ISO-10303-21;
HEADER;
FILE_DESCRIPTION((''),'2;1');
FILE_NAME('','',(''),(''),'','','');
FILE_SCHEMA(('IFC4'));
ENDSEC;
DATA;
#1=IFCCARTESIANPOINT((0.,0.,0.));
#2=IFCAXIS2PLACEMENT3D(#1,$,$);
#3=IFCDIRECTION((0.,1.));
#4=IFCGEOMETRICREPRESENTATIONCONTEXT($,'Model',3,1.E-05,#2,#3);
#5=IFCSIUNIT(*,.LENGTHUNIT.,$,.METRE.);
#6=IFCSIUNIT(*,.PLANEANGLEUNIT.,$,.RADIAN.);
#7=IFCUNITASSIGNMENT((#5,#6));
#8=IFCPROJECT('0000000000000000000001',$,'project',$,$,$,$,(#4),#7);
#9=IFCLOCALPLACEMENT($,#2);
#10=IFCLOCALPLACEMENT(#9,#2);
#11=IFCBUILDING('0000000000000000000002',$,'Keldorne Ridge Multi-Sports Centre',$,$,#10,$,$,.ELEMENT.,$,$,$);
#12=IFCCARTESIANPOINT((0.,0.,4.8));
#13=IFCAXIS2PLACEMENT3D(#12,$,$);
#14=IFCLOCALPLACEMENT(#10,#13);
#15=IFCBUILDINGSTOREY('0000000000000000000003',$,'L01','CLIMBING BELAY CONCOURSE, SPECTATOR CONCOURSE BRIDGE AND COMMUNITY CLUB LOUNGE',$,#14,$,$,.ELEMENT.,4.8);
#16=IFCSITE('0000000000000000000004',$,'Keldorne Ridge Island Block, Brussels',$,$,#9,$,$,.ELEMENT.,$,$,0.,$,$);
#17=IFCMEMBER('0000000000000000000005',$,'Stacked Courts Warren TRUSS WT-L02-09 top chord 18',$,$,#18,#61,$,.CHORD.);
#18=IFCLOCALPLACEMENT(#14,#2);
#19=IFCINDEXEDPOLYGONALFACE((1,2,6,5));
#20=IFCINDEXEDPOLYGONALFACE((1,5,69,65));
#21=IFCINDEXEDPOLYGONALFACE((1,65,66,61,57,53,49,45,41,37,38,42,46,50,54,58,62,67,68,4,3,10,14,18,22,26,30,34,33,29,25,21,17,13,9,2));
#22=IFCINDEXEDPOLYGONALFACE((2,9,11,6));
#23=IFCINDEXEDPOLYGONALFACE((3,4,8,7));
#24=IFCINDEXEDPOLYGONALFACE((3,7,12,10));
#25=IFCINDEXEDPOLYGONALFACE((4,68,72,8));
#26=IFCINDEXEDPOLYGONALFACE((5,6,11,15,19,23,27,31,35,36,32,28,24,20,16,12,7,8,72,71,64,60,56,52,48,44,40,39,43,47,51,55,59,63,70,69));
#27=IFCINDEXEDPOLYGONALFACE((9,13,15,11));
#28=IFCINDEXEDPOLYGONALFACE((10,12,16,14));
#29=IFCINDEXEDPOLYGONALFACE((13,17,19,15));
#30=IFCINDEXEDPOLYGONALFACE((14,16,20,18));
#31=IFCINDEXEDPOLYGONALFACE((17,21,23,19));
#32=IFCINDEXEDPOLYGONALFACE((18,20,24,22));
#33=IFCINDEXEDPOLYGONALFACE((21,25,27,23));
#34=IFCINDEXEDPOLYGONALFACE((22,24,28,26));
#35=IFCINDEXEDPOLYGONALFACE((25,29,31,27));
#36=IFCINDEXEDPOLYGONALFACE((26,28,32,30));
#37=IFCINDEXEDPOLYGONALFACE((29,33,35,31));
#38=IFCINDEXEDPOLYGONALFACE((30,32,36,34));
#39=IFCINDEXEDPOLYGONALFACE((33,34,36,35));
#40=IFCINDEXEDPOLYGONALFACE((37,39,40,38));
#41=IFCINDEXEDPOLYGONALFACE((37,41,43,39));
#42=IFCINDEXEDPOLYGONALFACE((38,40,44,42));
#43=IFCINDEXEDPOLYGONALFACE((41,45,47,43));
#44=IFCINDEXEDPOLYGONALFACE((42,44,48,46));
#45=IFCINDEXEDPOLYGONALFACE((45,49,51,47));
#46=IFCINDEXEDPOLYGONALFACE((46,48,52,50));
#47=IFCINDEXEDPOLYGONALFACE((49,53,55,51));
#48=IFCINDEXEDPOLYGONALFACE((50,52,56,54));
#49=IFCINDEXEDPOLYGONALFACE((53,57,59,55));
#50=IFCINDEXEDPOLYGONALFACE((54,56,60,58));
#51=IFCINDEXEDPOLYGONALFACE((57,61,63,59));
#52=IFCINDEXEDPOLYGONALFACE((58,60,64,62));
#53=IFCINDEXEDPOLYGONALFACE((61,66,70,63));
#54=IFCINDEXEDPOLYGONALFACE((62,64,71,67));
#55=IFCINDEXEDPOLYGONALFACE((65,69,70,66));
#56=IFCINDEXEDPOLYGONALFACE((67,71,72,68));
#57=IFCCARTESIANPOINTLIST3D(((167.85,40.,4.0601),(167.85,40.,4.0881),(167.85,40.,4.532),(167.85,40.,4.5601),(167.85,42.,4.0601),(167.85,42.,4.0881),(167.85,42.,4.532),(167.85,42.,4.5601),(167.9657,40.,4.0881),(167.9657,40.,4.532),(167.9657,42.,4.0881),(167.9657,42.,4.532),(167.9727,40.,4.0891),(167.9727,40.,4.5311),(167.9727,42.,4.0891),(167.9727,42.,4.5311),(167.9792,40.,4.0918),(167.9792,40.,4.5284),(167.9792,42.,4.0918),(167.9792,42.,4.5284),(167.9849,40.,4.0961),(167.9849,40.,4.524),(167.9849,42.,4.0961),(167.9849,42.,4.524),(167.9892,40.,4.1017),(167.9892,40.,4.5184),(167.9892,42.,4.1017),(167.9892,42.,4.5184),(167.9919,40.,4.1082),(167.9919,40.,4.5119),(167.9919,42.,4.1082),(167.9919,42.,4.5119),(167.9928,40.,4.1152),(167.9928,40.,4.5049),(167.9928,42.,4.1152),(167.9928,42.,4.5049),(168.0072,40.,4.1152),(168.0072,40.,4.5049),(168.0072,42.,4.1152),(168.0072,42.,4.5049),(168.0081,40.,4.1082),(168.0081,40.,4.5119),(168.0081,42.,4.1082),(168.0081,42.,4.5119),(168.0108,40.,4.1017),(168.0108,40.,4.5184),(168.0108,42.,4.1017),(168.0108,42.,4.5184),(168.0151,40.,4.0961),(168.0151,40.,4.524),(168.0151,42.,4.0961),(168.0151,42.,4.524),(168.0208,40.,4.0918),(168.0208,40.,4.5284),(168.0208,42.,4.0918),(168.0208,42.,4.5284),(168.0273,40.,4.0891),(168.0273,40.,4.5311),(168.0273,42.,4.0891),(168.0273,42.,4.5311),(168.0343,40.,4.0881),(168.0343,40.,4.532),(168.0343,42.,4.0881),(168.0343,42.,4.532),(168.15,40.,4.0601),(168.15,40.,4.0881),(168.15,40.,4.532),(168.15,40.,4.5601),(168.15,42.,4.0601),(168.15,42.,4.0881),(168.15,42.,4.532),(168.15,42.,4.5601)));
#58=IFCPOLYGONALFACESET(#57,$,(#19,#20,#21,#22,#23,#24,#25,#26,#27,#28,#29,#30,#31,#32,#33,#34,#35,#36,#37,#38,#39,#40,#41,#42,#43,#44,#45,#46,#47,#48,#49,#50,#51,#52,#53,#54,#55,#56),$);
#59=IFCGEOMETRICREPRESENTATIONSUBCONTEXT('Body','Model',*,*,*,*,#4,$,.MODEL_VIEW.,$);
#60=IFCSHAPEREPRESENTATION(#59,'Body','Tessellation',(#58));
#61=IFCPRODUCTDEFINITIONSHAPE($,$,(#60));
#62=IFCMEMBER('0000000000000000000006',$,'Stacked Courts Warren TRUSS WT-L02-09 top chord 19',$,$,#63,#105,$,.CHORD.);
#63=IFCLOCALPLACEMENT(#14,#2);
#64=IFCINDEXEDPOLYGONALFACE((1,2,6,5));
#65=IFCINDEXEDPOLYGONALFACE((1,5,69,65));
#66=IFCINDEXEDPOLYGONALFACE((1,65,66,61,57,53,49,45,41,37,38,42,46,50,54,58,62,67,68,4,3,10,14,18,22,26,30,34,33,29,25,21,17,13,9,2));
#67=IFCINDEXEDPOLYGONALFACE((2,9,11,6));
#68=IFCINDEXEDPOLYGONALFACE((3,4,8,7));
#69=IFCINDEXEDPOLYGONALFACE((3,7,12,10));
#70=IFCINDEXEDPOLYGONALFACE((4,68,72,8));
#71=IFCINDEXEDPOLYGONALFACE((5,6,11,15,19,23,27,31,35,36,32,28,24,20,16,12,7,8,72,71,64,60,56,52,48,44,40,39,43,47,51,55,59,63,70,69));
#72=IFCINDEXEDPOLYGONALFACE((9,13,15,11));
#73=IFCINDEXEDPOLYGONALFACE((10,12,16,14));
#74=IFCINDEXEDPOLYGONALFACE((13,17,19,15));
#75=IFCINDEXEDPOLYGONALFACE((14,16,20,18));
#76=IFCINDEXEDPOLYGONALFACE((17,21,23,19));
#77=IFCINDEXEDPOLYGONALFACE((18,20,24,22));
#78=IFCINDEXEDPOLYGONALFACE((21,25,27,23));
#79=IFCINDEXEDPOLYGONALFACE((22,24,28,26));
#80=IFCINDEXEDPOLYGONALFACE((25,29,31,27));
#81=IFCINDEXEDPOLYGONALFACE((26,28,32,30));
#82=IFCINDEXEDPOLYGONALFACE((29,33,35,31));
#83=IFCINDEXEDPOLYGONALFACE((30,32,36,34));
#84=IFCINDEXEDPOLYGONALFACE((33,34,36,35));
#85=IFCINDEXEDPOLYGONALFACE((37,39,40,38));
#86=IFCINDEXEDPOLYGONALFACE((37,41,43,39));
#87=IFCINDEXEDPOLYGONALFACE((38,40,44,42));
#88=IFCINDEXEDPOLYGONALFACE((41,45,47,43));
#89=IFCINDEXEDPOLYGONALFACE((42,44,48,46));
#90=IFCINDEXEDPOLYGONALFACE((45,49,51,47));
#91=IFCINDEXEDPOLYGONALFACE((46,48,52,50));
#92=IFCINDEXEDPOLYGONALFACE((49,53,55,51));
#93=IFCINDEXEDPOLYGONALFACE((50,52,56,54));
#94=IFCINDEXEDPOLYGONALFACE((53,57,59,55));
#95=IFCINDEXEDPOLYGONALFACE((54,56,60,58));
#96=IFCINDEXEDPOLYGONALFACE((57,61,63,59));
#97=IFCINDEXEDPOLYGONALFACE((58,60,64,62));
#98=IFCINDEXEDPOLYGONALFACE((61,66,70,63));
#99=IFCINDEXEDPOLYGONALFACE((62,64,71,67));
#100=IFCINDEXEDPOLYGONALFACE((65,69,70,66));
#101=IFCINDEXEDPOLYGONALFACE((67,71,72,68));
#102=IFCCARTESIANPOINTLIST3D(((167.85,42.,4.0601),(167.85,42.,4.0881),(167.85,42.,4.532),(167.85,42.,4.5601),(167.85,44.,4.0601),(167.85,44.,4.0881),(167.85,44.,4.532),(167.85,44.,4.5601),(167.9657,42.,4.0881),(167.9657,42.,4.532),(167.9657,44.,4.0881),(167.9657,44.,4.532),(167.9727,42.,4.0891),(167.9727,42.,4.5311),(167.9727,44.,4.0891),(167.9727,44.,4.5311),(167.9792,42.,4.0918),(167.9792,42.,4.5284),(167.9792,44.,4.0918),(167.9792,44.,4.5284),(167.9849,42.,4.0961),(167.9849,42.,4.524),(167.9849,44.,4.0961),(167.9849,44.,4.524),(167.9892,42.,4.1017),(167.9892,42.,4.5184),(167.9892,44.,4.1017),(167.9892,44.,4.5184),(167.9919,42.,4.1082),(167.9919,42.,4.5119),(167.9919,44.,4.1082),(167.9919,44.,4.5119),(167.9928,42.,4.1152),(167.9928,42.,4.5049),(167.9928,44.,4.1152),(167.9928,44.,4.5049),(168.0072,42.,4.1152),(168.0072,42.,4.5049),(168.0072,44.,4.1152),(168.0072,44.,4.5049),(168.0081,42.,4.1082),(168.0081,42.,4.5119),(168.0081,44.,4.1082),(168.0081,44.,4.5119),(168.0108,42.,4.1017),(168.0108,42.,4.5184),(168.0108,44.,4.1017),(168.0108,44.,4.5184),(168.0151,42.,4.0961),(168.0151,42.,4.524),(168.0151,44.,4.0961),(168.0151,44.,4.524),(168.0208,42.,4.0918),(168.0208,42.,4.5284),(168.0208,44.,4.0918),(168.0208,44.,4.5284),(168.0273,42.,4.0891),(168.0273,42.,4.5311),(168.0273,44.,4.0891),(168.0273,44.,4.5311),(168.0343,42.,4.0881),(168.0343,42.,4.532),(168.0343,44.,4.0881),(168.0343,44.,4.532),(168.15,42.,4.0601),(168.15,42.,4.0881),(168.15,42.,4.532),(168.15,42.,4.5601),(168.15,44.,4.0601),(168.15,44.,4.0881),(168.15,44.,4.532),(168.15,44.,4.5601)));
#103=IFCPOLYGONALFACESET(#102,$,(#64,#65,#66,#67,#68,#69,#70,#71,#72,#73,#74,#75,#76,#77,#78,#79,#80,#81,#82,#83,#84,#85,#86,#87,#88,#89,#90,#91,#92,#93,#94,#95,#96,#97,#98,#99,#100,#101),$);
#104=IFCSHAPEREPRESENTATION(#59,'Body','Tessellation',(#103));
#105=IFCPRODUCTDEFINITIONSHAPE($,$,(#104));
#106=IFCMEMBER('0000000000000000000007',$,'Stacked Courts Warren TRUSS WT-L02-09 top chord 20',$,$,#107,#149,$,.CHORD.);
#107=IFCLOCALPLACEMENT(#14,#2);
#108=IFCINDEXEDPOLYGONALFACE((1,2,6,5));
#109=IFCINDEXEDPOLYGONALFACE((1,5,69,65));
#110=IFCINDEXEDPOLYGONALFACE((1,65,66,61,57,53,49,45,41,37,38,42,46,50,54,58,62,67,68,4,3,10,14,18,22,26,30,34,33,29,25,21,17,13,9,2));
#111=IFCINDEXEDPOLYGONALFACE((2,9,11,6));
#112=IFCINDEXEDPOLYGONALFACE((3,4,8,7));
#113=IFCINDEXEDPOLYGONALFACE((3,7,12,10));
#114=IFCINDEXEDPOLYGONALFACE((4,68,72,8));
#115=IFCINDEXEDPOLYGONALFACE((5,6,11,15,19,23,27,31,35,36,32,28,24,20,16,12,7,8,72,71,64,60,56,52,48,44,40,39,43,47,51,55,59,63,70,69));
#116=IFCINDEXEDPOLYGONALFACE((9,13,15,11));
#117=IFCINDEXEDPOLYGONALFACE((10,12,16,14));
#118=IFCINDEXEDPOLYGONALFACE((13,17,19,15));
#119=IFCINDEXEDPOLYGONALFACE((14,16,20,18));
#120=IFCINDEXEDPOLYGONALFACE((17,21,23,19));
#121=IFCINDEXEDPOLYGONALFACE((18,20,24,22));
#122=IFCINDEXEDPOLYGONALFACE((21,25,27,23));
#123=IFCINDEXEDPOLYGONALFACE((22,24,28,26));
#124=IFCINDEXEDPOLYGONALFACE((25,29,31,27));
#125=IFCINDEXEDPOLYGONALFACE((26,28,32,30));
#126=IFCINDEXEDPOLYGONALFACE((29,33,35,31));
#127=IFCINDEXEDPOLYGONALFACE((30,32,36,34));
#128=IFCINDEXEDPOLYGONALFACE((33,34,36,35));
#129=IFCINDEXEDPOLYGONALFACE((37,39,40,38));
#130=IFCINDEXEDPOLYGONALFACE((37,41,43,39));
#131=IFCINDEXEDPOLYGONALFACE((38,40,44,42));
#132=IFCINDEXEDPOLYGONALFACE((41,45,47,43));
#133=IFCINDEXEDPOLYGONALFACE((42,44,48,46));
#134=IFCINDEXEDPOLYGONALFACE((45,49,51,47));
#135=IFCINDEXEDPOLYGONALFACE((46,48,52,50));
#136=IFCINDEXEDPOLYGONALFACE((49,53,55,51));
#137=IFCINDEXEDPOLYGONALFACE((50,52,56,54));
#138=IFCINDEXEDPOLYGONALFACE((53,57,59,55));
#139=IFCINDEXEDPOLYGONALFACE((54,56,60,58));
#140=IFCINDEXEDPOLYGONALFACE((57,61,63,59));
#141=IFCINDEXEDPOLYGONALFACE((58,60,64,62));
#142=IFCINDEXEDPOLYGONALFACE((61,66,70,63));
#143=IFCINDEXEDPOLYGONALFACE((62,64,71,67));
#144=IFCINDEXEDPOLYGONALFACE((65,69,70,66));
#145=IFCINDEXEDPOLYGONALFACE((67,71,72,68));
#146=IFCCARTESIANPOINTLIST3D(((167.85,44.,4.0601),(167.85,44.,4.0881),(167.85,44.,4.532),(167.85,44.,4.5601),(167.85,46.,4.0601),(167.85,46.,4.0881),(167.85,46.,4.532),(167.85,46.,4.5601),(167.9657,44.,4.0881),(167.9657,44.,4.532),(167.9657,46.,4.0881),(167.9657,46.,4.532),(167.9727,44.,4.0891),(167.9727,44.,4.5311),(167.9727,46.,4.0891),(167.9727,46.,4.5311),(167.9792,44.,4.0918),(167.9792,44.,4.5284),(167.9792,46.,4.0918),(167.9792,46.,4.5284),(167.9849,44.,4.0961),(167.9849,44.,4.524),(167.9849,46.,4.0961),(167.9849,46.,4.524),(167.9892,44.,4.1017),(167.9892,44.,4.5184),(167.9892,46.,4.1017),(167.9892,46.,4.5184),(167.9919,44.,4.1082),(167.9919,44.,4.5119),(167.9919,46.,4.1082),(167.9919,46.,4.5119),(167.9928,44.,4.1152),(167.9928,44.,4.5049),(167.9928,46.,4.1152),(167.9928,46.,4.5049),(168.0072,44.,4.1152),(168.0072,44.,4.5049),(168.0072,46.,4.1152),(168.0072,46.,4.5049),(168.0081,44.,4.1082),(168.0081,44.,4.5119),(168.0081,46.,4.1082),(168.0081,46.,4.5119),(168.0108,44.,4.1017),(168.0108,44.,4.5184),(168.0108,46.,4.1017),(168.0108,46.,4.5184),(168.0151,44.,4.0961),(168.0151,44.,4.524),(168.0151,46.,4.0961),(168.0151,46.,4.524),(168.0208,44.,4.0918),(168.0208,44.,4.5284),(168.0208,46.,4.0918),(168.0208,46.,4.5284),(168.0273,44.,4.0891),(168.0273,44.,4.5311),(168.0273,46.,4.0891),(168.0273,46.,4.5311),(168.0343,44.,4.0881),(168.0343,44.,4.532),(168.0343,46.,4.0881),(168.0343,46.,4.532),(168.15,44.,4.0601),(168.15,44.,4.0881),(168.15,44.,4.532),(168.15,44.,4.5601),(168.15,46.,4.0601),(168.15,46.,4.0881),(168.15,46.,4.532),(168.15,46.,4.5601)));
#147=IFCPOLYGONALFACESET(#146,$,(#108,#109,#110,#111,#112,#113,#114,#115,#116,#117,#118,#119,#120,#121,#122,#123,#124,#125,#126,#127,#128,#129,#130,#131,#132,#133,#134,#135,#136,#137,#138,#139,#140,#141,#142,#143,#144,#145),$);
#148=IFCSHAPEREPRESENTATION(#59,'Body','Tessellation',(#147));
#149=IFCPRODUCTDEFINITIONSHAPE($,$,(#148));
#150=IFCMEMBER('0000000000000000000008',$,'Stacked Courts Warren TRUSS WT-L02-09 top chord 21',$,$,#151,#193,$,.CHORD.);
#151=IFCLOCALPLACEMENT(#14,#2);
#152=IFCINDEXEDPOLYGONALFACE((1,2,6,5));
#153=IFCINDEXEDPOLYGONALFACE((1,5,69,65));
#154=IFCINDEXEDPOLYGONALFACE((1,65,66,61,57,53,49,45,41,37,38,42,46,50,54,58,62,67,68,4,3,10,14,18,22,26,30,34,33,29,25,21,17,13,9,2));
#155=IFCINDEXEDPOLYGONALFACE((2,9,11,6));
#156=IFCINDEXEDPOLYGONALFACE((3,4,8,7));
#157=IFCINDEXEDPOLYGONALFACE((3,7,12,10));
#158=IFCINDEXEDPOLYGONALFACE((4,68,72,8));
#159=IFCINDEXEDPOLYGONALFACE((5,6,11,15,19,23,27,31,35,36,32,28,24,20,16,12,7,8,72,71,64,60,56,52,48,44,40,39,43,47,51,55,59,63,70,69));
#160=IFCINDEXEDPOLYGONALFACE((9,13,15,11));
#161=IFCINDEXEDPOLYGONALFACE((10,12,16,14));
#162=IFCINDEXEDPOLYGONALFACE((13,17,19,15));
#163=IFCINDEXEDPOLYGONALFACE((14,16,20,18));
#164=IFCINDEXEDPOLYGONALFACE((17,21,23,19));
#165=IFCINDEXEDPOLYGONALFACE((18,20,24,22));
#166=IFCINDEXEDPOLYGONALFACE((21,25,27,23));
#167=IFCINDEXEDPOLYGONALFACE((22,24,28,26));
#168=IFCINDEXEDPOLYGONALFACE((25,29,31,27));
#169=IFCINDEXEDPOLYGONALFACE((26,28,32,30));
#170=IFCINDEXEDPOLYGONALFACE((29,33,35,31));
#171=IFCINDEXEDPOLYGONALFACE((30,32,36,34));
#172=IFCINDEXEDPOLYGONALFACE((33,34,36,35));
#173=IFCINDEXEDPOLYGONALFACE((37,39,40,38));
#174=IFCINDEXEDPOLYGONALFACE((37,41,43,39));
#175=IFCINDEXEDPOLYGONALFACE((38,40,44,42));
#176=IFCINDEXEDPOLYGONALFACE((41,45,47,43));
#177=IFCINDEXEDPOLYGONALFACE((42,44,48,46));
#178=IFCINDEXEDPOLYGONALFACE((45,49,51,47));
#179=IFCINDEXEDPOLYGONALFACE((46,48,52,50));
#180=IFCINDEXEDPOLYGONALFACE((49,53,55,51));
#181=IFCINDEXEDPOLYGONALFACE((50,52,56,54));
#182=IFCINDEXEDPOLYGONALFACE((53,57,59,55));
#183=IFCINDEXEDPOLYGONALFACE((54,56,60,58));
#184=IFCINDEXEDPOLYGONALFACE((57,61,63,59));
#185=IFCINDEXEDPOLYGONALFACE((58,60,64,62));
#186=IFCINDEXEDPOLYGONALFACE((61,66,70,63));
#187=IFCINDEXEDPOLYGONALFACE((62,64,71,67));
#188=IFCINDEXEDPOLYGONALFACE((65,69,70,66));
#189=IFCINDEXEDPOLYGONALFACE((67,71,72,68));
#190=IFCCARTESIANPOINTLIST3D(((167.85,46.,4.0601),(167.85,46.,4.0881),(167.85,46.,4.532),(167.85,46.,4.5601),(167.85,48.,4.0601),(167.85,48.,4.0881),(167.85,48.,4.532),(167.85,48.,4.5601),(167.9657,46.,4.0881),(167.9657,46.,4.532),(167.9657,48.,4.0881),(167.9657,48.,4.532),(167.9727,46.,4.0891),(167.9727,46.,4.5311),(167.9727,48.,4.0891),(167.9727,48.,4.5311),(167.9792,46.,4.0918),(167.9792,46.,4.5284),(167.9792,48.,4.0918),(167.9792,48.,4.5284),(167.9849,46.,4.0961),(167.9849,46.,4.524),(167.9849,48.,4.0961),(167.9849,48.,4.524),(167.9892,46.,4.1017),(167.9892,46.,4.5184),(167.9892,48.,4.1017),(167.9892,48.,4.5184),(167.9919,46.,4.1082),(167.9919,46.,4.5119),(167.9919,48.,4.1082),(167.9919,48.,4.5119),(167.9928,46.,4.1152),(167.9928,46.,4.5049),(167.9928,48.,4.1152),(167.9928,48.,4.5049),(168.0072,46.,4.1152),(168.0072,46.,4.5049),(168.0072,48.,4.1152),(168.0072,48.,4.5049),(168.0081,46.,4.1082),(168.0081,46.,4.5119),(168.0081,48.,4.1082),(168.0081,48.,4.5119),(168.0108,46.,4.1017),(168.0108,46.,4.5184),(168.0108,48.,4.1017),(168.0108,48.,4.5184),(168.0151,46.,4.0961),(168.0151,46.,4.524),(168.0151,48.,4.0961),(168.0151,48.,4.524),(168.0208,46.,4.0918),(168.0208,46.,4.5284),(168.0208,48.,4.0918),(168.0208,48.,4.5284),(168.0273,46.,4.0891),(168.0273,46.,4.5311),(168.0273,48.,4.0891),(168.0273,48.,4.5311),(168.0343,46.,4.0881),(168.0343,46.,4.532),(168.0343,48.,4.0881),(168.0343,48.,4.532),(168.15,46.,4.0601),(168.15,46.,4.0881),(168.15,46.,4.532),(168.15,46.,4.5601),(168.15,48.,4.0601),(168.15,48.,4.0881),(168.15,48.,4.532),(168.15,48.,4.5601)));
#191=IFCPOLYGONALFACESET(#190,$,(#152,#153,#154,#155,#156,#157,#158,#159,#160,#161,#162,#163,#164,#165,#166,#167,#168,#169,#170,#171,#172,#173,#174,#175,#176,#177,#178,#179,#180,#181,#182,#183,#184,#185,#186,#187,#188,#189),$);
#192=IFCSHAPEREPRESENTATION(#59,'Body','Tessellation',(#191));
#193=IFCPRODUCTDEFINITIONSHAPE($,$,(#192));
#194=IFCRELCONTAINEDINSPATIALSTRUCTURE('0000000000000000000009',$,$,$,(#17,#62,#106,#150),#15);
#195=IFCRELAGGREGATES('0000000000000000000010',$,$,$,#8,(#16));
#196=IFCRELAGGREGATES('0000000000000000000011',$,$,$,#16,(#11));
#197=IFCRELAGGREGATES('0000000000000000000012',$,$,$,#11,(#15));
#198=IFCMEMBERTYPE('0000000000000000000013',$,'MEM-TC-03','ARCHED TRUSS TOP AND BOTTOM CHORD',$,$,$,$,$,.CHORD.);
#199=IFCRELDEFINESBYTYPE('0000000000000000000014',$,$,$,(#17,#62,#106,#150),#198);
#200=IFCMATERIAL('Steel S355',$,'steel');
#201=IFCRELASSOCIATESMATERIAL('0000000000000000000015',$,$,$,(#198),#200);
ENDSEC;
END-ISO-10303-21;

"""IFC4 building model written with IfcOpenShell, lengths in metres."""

from ifc_helpers import new_model, si_unit, direction, frame, origin, origin_2d, place, context, subcontext, project, spatial, i_section, extrude, material, material_profile, profile_set, type_object, element, save


model = new_model("IFC4")

# Units and contexts
model_context = context("Model", 3, precision=1e-05, world=origin(), true_north=direction((0.0, 1.0)))
body_context = subcontext(model_context, "Body", "Model", "MODEL_VIEW")
ifc_project = project(units=[si_unit("LENGTHUNIT", "METRE"), si_unit("PLANEANGLEUNIT", "RADIAN")], contexts=[model_context])

# Site, building, storey
site_placement = place(None, origin())
site = spatial("IfcSite", under=ifc_project, at=site_placement, Name="Keldorne Ridge Island Block, Brussels", CompositionType="ELEMENT", RefElevation=0.0)
building_placement = place(site_placement, origin())
building = spatial("IfcBuilding", under=site, at=building_placement, Name="Keldorne Ridge Multi-Sports Centre", CompositionType="ELEMENT")
storey_placement = place(building_placement, frame((0.0, 0.0, 4.8)))
storey = spatial("IfcBuildingStorey", under=building, at=storey_placement, Name="L01", Description="CLIMBING BELAY CONCOURSE, SPECTATOR CONCOURSE BRIDGE AND COMMUNITY CLUB LOUNGE", CompositionType="ELEMENT", Elevation=4.8)

# Shared definitions
ifc_material = material(Name="Steel S355", Category="steel")

# Members
ifc_material_profile_1 = material_profile(ifc_material, i_section(OverallWidth=0.3, OverallDepth=0.5, WebThickness=0.0144, FlangeThickness=0.0281, FilletRadius=0.0271, at=origin_2d()), Name="HEB 500")
ifc_profile_set_1 = profile_set([ifc_material_profile_1], Name="Steel S355")
member_type_1 = type_object("IfcMemberType", Name="MEM-TC-03", Description="ARCHED TRUSS TOP AND BOTTOM CHORD", PredefinedType="CHORD", material=ifc_profile_set_1)
for number, where, z_axis, x_axis, name in (
    (1, (168.0, 40.0, 4.3101), (0.0, 1.0, 0.0), (-1.0, 0.0, 0.0), "Stacked Courts Warren TRUSS WT-L02-09 top chord 18"),
    (2, (168.0, 42.0, 4.3101), (0.0, 1.0, 0.0), (-1.0, 0.0, 0.0), "Stacked Courts Warren TRUSS WT-L02-09 top chord 19"),
    (3, (168.0, 44.0, 4.3101), (0.0, 1.0, 0.0), (-1.0, 0.0, 0.0), "Stacked Courts Warren TRUSS WT-L02-09 top chord 20"),
    (4, (168.0, 46.0, 4.3101), (0.0, 1.0, 0.0), (-1.0, 0.0, 0.0), "Stacked Courts Warren TRUSS WT-L02-09 top chord 21"),
):
    element("IfcMember", number, at=place(storey_placement, frame(where, z_axis=z_axis, x_axis=x_axis)), inside=storey, type_object=member_type_1, Name=name, PredefinedType="CHORD", context=body_context, shape_type="SweptSolid", body=[
        extrude(i_section(OverallWidth=0.3, OverallDepth=0.5, WebThickness=0.0144, FlangeThickness=0.0281, FilletRadius=0.0271, at=origin_2d()), origin(), (0.0, 0.0, 1.0), 2.0),
    ])

save(model, "model.ifc")
